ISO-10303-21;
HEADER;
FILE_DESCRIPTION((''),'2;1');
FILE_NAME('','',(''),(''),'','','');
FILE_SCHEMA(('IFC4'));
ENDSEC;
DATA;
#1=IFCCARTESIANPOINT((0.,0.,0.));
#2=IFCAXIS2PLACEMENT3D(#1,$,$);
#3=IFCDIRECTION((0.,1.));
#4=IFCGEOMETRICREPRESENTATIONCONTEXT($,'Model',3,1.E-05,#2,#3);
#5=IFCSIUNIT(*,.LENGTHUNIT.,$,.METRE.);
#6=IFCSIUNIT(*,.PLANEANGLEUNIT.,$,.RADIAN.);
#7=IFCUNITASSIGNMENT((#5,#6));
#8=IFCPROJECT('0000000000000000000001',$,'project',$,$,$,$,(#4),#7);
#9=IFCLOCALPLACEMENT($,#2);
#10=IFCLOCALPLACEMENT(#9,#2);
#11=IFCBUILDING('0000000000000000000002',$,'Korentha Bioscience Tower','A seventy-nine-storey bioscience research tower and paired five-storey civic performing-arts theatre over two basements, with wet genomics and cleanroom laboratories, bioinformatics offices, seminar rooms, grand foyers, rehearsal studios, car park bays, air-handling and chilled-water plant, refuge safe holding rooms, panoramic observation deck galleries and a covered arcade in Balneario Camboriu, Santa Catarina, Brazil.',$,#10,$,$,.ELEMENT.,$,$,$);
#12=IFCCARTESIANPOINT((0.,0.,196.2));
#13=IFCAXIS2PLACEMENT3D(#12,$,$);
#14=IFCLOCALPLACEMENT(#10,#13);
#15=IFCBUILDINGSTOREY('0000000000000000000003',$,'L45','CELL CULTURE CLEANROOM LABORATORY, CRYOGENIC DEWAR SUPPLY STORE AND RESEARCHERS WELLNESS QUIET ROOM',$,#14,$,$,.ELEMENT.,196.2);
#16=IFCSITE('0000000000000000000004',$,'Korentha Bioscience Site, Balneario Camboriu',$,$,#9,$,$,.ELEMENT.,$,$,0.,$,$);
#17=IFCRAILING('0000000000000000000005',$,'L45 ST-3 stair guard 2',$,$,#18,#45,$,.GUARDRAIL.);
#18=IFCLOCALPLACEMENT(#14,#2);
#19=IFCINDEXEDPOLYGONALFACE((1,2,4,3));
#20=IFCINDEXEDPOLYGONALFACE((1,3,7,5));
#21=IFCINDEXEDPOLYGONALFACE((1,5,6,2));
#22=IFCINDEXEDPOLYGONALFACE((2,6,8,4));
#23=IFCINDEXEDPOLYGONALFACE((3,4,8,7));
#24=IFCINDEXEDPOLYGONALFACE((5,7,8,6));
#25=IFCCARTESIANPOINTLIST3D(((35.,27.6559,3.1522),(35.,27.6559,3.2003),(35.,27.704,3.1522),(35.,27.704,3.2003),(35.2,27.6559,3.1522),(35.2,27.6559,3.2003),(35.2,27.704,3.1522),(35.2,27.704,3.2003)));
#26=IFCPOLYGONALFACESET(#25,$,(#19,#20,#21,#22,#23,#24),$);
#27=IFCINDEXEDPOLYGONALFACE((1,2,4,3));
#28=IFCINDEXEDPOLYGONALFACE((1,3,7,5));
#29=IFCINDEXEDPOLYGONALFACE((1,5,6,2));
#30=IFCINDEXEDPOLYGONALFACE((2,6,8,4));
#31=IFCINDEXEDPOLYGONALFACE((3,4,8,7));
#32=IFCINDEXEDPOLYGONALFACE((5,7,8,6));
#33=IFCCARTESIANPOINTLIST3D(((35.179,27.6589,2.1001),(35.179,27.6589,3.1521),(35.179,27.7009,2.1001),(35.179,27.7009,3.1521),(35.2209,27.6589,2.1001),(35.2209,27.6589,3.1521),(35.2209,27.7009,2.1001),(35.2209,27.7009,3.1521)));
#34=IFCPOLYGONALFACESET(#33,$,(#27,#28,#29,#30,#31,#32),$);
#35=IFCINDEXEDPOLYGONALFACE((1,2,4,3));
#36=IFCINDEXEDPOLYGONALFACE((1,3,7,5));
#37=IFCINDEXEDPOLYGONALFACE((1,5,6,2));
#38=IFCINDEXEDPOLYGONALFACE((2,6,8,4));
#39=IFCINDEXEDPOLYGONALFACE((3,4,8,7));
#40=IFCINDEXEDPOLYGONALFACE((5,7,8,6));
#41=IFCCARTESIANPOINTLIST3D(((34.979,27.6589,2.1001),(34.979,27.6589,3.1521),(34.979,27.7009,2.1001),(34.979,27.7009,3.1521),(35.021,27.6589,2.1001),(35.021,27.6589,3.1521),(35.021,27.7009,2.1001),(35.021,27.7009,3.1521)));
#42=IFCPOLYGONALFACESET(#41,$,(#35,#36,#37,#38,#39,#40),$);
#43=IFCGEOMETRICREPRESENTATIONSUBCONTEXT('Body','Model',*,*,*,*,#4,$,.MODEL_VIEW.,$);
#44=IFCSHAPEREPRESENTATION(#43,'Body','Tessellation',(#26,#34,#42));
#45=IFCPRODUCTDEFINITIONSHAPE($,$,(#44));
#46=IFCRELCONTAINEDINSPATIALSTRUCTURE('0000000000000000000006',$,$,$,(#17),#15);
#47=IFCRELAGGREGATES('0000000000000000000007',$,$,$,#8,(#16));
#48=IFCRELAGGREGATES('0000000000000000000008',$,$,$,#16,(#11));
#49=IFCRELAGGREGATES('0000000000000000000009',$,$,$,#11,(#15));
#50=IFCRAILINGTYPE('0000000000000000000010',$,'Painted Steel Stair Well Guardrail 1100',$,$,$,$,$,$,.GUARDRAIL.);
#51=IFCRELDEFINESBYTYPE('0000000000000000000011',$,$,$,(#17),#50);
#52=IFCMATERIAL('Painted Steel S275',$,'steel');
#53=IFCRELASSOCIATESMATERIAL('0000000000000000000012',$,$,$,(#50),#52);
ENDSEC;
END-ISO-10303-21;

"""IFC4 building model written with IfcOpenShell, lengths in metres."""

from ifc_helpers import new_model, si_unit, direction, frame, origin, origin_2d, place, context, subcontext, project, spatial, rectangle, extrude, material, type_object, element, save


model = new_model("IFC4")

# Units and contexts
model_context = context("Model", 3, precision=1e-05, world=origin(), true_north=direction((0.0, 1.0)))
body_context = subcontext(model_context, "Body", "Model", "MODEL_VIEW")
ifc_project = project(units=[si_unit("LENGTHUNIT", "METRE"), si_unit("PLANEANGLEUNIT", "RADIAN")], contexts=[model_context])

# Site, building, storey
site_placement = place(None, origin())
site = spatial("IfcSite", under=ifc_project, at=site_placement, Name="Korentha Bioscience Site, Balneario Camboriu", CompositionType="ELEMENT", RefElevation=0.0)
building_placement = place(site_placement, origin())
building = spatial("IfcBuilding", under=site, at=building_placement, Name="Korentha Bioscience Tower", Description="A seventy-nine-storey bioscience research tower and paired five-storey civic performing-arts theatre over two basements, with wet genomics and cleanroom laboratories, bioinformatics offices, seminar rooms, grand foyers, rehearsal studios, car park bays, air-handling and chilled-water plant, refuge safe holding rooms, panoramic observation deck galleries and a covered arcade in Balneario Camboriu, Santa Catarina, Brazil.", CompositionType="ELEMENT")
storey_placement = place(building_placement, frame((0.0, 0.0, 196.2)))
storey = spatial("IfcBuildingStorey", under=building, at=storey_placement, Name="L45", Description="CELL CULTURE CLEANROOM LABORATORY, CRYOGENIC DEWAR SUPPLY STORE AND RESEARCHERS WELLNESS QUIET ROOM", CompositionType="ELEMENT", Elevation=196.2)

# Railing
ifc_material_1 = material(Name="Painted Steel S275", Category="steel")
railing_type_1 = type_object("IfcRailingType", Name="Painted Steel Stair Well Guardrail 1100", PredefinedType="GUARDRAIL", material=ifc_material_1)
railing_1_placement = place(storey_placement, frame((35.2, 27.6799, 2.1001)))
element("IfcRailing", 1, at=railing_1_placement, inside=storey, type_object=railing_type_1, Name="L45 ST-3 stair guard 2", PredefinedType="GUARDRAIL", context=body_context, shape_type="SweptSolid", body=[
    extrude(rectangle(XDim=0.0481, YDim=0.0481, at=origin_2d()), frame((0.0, 0.0, 1.0762), z_axis=(-1.0, 0.0, 0.0), x_axis=(0.0, -1.0, 0.0)), (0.0, 0.0, 1.0), 0.2),
    extrude(rectangle(XDim=0.042, YDim=0.042, at=origin_2d()), origin(), (0.0, 0.0, 1.0), 1.052),
    extrude(rectangle(XDim=0.042, YDim=0.042, at=origin_2d()), frame((-0.2, 0.0, 0.0)), (0.0, 0.0, 1.0), 1.052),
])

save(model, "model.ifc")
